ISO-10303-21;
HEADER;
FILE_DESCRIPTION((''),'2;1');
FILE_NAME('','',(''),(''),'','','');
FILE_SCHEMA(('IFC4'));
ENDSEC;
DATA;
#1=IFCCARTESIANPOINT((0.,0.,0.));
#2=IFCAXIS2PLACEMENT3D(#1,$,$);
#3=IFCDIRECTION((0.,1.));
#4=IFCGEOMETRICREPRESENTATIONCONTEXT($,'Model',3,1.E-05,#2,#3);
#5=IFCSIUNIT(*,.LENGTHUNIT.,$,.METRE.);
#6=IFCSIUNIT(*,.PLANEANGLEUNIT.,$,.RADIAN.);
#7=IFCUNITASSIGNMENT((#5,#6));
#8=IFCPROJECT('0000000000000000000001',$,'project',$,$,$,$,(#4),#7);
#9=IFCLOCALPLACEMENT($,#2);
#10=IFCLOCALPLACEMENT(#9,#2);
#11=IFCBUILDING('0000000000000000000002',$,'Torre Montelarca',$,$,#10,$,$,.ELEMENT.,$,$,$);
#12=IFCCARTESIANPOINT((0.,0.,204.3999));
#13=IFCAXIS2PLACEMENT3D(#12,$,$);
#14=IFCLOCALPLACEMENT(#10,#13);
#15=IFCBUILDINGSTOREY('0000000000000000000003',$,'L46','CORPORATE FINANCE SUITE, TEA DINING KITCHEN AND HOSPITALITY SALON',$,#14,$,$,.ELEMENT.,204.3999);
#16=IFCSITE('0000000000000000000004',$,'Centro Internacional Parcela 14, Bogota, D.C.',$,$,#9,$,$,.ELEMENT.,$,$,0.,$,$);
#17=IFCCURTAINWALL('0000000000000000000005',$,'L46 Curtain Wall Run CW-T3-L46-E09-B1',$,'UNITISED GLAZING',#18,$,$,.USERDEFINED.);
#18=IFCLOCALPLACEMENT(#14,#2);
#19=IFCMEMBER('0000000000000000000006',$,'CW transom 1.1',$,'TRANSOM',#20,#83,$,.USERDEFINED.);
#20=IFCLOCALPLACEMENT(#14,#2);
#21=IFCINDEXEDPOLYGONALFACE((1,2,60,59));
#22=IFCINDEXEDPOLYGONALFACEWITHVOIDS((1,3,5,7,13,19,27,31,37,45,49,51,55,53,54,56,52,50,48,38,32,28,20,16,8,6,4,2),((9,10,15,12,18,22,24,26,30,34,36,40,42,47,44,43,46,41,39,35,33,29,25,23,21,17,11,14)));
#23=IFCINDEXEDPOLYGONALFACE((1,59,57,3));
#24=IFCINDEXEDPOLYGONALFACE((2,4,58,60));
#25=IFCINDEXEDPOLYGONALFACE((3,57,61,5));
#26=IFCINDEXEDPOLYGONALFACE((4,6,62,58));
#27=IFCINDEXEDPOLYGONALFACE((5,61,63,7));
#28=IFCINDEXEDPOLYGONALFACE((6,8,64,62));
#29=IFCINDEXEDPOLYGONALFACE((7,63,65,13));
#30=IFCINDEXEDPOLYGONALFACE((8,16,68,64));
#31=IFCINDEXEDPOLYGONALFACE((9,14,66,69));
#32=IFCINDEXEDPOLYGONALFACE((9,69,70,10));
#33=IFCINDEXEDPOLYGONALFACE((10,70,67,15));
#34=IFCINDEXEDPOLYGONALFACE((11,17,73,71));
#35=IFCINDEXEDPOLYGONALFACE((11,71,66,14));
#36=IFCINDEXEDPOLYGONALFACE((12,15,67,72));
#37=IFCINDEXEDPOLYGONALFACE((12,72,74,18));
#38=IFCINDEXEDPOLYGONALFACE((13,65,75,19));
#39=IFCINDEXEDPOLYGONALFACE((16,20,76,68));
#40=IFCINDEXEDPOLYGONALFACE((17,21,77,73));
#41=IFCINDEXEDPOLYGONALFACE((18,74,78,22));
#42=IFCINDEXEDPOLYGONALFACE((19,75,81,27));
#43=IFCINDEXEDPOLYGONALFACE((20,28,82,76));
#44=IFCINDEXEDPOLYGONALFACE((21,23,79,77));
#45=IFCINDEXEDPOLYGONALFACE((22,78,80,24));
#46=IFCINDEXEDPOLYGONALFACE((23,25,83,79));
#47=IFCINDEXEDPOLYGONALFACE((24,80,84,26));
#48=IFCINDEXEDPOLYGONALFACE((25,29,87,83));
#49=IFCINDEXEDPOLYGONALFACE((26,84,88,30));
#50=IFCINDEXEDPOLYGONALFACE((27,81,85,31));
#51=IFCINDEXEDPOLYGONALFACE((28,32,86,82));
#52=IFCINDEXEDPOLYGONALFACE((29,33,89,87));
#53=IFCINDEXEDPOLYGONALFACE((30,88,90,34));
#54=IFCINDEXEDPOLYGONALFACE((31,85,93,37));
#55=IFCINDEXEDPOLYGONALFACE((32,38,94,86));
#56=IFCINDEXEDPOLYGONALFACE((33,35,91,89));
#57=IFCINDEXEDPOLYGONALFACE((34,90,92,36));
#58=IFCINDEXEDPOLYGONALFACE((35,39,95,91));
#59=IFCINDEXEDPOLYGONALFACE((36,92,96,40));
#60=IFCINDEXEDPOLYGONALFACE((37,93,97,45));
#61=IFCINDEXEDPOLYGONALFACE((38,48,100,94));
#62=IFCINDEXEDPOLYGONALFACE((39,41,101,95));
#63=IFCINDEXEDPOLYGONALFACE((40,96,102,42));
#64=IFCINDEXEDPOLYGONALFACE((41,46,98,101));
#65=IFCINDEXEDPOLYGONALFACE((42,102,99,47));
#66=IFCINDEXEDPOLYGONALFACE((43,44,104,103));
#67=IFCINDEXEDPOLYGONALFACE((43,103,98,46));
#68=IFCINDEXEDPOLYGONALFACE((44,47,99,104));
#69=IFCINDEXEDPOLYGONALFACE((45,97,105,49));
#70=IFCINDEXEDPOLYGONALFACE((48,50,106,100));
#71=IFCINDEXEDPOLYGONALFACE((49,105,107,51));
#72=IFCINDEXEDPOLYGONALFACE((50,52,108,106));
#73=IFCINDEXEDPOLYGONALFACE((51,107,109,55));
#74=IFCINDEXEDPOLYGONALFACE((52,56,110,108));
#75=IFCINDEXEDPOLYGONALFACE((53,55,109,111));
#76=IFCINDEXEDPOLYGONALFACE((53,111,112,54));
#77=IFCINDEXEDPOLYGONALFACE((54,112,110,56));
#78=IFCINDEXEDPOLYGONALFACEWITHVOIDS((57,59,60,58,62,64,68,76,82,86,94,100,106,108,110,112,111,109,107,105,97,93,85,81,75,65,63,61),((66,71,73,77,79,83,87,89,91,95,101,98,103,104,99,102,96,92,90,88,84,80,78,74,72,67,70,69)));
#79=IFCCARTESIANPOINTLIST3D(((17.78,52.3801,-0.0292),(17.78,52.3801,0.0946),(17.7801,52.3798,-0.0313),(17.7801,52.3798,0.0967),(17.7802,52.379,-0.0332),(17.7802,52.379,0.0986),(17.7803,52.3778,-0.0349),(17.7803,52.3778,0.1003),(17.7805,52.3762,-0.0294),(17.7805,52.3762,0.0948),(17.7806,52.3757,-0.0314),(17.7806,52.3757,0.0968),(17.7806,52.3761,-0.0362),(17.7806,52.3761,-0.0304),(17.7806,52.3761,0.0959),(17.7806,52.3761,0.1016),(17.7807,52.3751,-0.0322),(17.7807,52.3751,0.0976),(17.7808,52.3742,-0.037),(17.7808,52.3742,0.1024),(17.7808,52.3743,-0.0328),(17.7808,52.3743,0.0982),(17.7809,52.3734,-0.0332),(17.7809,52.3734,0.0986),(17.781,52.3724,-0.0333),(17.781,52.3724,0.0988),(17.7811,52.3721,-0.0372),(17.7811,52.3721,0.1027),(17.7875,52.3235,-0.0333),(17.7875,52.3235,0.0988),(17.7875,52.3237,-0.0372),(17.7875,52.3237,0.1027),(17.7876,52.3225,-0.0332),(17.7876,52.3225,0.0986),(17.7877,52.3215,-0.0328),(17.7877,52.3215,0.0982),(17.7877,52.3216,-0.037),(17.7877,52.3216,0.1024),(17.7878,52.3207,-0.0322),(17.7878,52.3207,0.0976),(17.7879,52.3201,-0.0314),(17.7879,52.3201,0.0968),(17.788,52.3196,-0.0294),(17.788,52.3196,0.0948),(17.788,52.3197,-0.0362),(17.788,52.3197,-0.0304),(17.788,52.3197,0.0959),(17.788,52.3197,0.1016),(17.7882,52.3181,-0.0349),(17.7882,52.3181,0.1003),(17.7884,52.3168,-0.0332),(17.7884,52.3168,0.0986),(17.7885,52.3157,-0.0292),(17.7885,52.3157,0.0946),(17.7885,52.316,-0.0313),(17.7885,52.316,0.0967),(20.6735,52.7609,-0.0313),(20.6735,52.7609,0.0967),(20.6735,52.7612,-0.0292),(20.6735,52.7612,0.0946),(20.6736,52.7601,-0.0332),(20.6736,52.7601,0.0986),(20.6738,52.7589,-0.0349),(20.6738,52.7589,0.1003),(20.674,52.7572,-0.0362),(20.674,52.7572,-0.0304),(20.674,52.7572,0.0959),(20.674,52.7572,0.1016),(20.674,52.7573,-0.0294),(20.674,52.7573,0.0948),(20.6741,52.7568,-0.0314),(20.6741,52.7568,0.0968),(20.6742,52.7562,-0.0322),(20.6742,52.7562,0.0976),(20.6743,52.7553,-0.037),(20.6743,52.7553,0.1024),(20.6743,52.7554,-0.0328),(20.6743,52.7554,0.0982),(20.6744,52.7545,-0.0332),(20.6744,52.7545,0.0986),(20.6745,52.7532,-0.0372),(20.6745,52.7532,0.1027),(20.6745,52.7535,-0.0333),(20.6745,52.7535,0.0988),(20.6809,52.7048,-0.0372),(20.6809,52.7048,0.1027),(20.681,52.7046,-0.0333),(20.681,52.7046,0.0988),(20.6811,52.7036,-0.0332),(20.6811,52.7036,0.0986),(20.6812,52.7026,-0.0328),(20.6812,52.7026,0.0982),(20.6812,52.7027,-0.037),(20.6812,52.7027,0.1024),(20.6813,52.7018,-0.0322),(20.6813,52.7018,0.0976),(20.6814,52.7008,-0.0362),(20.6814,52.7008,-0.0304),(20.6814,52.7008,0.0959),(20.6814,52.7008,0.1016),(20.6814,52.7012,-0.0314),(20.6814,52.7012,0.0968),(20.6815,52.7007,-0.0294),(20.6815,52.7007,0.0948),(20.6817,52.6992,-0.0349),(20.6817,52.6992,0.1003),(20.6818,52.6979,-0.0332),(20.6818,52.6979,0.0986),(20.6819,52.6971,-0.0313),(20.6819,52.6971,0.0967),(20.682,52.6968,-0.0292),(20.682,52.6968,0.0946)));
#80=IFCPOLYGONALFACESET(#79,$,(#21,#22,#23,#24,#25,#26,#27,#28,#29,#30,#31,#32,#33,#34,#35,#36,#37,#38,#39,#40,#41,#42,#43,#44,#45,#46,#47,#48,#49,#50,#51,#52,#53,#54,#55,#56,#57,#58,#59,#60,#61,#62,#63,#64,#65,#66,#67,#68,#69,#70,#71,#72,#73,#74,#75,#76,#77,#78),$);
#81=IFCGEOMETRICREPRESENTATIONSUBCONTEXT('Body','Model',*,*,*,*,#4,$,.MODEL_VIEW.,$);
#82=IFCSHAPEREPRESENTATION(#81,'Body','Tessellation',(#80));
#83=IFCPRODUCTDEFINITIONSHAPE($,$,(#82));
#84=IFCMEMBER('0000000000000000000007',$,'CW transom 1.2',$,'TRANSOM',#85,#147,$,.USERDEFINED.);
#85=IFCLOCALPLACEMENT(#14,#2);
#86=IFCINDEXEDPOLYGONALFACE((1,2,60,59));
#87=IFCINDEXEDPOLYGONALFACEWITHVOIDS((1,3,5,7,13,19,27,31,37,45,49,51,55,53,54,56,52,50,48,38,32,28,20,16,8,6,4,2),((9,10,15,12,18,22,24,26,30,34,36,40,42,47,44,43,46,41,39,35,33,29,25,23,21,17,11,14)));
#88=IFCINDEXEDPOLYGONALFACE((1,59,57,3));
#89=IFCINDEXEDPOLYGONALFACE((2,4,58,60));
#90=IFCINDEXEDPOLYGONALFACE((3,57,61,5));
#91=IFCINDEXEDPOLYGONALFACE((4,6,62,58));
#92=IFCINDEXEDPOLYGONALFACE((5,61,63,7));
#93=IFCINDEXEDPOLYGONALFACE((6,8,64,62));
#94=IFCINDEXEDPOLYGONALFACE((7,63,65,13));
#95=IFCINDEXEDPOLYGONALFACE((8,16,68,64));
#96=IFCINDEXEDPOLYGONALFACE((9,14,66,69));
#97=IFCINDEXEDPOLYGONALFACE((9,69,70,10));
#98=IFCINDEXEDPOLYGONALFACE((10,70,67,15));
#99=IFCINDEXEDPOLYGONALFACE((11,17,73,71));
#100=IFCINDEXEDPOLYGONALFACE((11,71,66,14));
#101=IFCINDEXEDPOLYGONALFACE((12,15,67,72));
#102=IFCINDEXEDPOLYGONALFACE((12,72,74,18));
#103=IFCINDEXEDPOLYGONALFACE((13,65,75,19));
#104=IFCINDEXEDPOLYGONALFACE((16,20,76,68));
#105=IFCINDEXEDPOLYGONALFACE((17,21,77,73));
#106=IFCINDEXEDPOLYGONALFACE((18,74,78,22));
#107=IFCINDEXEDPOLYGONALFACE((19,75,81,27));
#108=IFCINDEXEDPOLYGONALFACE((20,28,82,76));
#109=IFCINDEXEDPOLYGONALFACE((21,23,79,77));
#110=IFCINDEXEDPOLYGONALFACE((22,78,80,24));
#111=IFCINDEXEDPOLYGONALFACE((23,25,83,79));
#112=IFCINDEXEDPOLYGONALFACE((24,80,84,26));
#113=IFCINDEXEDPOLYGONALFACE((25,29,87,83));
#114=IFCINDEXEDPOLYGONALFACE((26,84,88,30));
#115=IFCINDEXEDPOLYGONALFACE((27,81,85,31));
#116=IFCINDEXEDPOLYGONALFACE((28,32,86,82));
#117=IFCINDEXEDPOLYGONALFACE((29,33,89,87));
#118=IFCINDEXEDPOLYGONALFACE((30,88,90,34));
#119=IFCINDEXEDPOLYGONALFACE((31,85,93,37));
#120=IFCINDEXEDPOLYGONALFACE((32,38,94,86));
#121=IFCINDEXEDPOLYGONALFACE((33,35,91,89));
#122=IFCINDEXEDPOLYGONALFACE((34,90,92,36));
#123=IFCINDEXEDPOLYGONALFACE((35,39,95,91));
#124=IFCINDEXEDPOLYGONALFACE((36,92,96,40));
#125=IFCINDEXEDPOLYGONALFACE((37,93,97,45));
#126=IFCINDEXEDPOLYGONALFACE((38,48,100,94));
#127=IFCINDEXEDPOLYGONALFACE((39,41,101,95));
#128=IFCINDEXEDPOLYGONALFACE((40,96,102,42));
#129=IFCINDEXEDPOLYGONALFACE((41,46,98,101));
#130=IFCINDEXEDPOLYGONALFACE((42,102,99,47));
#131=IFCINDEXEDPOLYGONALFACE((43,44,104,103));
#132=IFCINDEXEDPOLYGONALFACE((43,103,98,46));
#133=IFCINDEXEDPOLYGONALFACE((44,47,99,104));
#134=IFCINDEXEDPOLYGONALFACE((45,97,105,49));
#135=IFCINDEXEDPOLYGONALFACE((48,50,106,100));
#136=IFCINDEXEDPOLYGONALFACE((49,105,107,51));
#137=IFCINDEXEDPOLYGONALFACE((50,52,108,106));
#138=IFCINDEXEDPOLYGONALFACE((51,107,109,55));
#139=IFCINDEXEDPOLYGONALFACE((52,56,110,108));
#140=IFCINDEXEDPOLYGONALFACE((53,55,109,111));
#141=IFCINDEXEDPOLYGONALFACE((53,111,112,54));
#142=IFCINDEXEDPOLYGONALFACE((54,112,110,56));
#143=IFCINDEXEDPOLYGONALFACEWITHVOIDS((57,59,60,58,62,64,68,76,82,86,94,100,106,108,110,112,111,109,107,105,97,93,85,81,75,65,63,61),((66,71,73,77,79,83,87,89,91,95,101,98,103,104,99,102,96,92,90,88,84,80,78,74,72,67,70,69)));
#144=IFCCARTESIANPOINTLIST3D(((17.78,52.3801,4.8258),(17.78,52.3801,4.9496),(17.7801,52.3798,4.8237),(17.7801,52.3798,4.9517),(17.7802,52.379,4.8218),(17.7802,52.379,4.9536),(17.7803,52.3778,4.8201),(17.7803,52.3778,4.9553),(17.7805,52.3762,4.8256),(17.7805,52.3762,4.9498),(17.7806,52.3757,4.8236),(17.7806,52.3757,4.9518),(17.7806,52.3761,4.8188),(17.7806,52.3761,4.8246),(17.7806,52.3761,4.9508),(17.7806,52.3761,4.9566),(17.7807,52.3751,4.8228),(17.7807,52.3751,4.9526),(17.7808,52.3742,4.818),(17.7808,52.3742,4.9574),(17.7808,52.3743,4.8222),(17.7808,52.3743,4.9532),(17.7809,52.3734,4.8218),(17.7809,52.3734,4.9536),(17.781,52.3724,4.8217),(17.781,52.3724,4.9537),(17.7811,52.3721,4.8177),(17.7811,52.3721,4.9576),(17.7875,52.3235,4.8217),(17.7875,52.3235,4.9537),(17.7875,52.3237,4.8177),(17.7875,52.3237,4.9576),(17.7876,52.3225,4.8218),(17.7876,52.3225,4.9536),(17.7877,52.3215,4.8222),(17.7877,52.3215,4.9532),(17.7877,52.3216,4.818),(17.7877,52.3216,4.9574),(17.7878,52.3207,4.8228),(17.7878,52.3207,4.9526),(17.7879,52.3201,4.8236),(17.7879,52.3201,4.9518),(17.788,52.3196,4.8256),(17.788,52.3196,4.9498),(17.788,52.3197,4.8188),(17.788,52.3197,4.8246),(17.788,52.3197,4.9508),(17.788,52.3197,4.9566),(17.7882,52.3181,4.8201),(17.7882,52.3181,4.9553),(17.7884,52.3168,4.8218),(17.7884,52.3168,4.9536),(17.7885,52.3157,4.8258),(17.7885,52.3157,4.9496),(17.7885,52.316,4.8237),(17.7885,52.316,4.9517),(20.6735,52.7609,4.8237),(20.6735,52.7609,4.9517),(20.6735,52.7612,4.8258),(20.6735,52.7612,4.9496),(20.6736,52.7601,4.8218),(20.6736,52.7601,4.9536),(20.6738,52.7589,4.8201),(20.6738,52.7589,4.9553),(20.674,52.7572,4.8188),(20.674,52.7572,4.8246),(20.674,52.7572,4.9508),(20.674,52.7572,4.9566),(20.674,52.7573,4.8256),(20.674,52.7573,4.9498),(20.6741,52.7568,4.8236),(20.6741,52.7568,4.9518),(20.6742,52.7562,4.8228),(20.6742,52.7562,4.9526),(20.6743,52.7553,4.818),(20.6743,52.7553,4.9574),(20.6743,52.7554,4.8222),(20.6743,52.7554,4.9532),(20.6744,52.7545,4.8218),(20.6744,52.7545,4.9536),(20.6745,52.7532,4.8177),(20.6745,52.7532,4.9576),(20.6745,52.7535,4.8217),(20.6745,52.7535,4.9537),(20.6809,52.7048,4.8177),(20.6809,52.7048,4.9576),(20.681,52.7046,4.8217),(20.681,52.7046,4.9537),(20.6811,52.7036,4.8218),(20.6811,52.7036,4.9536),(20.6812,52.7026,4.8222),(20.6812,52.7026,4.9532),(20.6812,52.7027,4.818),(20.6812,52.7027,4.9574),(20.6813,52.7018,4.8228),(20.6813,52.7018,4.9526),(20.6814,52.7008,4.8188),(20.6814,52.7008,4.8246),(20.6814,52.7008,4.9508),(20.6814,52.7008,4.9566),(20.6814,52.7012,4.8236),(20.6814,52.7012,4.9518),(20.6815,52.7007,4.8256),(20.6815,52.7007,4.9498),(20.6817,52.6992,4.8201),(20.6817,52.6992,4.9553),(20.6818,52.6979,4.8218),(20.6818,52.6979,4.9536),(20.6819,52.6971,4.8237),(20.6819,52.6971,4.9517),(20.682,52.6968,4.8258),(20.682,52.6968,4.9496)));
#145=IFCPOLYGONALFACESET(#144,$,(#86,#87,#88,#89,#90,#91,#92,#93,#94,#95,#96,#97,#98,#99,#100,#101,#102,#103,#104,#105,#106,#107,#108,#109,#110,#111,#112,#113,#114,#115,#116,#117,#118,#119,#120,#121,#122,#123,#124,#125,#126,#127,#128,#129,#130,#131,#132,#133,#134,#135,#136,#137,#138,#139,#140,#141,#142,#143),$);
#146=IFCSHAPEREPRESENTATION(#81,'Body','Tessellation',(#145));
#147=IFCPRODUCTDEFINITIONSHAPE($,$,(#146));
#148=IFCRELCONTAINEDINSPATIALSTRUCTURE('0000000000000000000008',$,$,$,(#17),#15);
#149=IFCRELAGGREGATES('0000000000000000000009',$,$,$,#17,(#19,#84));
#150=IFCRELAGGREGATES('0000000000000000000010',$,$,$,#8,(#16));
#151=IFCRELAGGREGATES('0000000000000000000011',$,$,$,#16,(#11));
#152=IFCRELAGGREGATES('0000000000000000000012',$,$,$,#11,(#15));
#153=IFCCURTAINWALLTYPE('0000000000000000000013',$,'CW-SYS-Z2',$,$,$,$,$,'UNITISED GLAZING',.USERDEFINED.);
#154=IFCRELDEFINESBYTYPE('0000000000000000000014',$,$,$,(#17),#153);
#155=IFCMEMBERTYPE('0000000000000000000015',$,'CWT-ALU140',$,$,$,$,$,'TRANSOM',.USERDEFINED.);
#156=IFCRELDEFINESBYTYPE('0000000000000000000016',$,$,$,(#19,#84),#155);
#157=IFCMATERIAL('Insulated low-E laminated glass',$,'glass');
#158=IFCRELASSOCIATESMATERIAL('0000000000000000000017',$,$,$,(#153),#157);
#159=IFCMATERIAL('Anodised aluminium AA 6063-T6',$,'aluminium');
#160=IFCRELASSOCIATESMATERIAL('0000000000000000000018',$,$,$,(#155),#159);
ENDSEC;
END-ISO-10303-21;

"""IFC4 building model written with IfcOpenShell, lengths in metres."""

from ifc_helpers import new_model, si_unit, direction, frame, origin, origin_2d, place, context, subcontext, project, spatial, hollow_rectangle, extrude, source, transform, mapped, material, material_profile, profile_set, type_object, element, aggregate, save


model = new_model("IFC4")

# Units and contexts
model_context = context("Model", 3, precision=1e-05, world=origin(), true_north=direction((0.0, 1.0)))
body_context = subcontext(model_context, "Body", "Model", "MODEL_VIEW")
ifc_project = project(units=[si_unit("LENGTHUNIT", "METRE"), si_unit("PLANEANGLEUNIT", "RADIAN")], contexts=[model_context])

# Site, building, storey
site_placement = place(None, origin())
site = spatial("IfcSite", under=ifc_project, at=site_placement, Name="Centro Internacional Parcela 14, Bogota, D.C.", CompositionType="ELEMENT", RefElevation=0.0)
building_placement = place(site_placement, origin())
building = spatial("IfcBuilding", under=site, at=building_placement, Name="Torre Montelarca", CompositionType="ELEMENT")
storey_placement = place(building_placement, frame((0.0, 0.0, 204.3999)))
storey = spatial("IfcBuildingStorey", under=building, at=storey_placement, Name="L46", Description="CORPORATE FINANCE SUITE, TEA DINING KITCHEN AND HOSPITALITY SALON", CompositionType="ELEMENT", Elevation=204.3999)

# Curtain wall, members
ifc_material_1 = material(Name="Insulated low-E laminated glass", Category="glass")
curtain_wall_type = type_object("IfcCurtainWallType", Name="CW-SYS-Z2", ElementType="UNITISED GLAZING", PredefinedType="USERDEFINED", material=ifc_material_1)
curtain_wall_1_placement = place(storey_placement, origin())
curtain_wall_1 = element("IfcCurtainWall", 1, at=curtain_wall_1_placement, inside=storey, type_object=curtain_wall_type, Name="L46 Curtain Wall Run CW-T3-L46-E09-B1", ObjectType="UNITISED GLAZING", PredefinedType="USERDEFINED")
ifc_material_2 = material(Name="Anodised aluminium AA 6063-T6", Category="aluminium")
ifc_material_profile_1 = material_profile(ifc_material_2, hollow_rectangle(XDim=0.0649, YDim=0.1399, WallThickness=0.0039, InnerFilletRadius=0.0039, OuterFilletRadius=0.0081, at=origin_2d()), Name="ALU65X140X4", Category="aluminium")
ifc_profile_set_1 = profile_set([ifc_material_profile_1], Name="Anodised aluminium AA 6063-T6")
member_type_1 = type_object("IfcMemberType", Name="CWT-ALU140", ElementType="TRANSOM", PredefinedType="USERDEFINED", material=ifc_profile_set_1)
shared_shape_1 = source(origin(), body_context, "Body", "SweptSolid", [
    extrude(hollow_rectangle(XDim=0.0649, YDim=0.1399, WallThickness=0.0039, InnerFilletRadius=0.0039, OuterFilletRadius=0.0081, at=origin_2d()), origin(), (0.0, 0.0, 1.0), 2.9185),
])
member_1_placement = place(storey_placement, frame((20.6777, 52.729, 0.0327), z_axis=(-0.991438, -0.13058, 0.0), x_axis=(0.13058, -0.991438, 0.0)))
member_1 = element("IfcMember", 2, at=member_1_placement, type_object=member_type_1, Name="CW transom 1.1", ObjectType="TRANSOM", PredefinedType="USERDEFINED", context=body_context, shape_type="MappedRepresentation", body=[
    mapped(shared_shape_1, transform((0.0, 0.0, 0.0), scale=1.0)),
])
member_2_placement = place(storey_placement, frame((20.6777, 52.729, 4.8877), z_axis=(-0.991438, -0.13058, 0.0), x_axis=(0.13058, -0.991438, 0.0)))
member_2 = element("IfcMember", 3, at=member_2_placement, type_object=member_type_1, Name="CW transom 1.2", ObjectType="TRANSOM", PredefinedType="USERDEFINED", context=body_context, shape_type="MappedRepresentation", body=[
    mapped(shared_shape_1, transform((0.0, 0.0, 0.0), scale=1.0)),
])

aggregate(curtain_wall_1, [member_1, member_2])

save(model, "model.ifc")
